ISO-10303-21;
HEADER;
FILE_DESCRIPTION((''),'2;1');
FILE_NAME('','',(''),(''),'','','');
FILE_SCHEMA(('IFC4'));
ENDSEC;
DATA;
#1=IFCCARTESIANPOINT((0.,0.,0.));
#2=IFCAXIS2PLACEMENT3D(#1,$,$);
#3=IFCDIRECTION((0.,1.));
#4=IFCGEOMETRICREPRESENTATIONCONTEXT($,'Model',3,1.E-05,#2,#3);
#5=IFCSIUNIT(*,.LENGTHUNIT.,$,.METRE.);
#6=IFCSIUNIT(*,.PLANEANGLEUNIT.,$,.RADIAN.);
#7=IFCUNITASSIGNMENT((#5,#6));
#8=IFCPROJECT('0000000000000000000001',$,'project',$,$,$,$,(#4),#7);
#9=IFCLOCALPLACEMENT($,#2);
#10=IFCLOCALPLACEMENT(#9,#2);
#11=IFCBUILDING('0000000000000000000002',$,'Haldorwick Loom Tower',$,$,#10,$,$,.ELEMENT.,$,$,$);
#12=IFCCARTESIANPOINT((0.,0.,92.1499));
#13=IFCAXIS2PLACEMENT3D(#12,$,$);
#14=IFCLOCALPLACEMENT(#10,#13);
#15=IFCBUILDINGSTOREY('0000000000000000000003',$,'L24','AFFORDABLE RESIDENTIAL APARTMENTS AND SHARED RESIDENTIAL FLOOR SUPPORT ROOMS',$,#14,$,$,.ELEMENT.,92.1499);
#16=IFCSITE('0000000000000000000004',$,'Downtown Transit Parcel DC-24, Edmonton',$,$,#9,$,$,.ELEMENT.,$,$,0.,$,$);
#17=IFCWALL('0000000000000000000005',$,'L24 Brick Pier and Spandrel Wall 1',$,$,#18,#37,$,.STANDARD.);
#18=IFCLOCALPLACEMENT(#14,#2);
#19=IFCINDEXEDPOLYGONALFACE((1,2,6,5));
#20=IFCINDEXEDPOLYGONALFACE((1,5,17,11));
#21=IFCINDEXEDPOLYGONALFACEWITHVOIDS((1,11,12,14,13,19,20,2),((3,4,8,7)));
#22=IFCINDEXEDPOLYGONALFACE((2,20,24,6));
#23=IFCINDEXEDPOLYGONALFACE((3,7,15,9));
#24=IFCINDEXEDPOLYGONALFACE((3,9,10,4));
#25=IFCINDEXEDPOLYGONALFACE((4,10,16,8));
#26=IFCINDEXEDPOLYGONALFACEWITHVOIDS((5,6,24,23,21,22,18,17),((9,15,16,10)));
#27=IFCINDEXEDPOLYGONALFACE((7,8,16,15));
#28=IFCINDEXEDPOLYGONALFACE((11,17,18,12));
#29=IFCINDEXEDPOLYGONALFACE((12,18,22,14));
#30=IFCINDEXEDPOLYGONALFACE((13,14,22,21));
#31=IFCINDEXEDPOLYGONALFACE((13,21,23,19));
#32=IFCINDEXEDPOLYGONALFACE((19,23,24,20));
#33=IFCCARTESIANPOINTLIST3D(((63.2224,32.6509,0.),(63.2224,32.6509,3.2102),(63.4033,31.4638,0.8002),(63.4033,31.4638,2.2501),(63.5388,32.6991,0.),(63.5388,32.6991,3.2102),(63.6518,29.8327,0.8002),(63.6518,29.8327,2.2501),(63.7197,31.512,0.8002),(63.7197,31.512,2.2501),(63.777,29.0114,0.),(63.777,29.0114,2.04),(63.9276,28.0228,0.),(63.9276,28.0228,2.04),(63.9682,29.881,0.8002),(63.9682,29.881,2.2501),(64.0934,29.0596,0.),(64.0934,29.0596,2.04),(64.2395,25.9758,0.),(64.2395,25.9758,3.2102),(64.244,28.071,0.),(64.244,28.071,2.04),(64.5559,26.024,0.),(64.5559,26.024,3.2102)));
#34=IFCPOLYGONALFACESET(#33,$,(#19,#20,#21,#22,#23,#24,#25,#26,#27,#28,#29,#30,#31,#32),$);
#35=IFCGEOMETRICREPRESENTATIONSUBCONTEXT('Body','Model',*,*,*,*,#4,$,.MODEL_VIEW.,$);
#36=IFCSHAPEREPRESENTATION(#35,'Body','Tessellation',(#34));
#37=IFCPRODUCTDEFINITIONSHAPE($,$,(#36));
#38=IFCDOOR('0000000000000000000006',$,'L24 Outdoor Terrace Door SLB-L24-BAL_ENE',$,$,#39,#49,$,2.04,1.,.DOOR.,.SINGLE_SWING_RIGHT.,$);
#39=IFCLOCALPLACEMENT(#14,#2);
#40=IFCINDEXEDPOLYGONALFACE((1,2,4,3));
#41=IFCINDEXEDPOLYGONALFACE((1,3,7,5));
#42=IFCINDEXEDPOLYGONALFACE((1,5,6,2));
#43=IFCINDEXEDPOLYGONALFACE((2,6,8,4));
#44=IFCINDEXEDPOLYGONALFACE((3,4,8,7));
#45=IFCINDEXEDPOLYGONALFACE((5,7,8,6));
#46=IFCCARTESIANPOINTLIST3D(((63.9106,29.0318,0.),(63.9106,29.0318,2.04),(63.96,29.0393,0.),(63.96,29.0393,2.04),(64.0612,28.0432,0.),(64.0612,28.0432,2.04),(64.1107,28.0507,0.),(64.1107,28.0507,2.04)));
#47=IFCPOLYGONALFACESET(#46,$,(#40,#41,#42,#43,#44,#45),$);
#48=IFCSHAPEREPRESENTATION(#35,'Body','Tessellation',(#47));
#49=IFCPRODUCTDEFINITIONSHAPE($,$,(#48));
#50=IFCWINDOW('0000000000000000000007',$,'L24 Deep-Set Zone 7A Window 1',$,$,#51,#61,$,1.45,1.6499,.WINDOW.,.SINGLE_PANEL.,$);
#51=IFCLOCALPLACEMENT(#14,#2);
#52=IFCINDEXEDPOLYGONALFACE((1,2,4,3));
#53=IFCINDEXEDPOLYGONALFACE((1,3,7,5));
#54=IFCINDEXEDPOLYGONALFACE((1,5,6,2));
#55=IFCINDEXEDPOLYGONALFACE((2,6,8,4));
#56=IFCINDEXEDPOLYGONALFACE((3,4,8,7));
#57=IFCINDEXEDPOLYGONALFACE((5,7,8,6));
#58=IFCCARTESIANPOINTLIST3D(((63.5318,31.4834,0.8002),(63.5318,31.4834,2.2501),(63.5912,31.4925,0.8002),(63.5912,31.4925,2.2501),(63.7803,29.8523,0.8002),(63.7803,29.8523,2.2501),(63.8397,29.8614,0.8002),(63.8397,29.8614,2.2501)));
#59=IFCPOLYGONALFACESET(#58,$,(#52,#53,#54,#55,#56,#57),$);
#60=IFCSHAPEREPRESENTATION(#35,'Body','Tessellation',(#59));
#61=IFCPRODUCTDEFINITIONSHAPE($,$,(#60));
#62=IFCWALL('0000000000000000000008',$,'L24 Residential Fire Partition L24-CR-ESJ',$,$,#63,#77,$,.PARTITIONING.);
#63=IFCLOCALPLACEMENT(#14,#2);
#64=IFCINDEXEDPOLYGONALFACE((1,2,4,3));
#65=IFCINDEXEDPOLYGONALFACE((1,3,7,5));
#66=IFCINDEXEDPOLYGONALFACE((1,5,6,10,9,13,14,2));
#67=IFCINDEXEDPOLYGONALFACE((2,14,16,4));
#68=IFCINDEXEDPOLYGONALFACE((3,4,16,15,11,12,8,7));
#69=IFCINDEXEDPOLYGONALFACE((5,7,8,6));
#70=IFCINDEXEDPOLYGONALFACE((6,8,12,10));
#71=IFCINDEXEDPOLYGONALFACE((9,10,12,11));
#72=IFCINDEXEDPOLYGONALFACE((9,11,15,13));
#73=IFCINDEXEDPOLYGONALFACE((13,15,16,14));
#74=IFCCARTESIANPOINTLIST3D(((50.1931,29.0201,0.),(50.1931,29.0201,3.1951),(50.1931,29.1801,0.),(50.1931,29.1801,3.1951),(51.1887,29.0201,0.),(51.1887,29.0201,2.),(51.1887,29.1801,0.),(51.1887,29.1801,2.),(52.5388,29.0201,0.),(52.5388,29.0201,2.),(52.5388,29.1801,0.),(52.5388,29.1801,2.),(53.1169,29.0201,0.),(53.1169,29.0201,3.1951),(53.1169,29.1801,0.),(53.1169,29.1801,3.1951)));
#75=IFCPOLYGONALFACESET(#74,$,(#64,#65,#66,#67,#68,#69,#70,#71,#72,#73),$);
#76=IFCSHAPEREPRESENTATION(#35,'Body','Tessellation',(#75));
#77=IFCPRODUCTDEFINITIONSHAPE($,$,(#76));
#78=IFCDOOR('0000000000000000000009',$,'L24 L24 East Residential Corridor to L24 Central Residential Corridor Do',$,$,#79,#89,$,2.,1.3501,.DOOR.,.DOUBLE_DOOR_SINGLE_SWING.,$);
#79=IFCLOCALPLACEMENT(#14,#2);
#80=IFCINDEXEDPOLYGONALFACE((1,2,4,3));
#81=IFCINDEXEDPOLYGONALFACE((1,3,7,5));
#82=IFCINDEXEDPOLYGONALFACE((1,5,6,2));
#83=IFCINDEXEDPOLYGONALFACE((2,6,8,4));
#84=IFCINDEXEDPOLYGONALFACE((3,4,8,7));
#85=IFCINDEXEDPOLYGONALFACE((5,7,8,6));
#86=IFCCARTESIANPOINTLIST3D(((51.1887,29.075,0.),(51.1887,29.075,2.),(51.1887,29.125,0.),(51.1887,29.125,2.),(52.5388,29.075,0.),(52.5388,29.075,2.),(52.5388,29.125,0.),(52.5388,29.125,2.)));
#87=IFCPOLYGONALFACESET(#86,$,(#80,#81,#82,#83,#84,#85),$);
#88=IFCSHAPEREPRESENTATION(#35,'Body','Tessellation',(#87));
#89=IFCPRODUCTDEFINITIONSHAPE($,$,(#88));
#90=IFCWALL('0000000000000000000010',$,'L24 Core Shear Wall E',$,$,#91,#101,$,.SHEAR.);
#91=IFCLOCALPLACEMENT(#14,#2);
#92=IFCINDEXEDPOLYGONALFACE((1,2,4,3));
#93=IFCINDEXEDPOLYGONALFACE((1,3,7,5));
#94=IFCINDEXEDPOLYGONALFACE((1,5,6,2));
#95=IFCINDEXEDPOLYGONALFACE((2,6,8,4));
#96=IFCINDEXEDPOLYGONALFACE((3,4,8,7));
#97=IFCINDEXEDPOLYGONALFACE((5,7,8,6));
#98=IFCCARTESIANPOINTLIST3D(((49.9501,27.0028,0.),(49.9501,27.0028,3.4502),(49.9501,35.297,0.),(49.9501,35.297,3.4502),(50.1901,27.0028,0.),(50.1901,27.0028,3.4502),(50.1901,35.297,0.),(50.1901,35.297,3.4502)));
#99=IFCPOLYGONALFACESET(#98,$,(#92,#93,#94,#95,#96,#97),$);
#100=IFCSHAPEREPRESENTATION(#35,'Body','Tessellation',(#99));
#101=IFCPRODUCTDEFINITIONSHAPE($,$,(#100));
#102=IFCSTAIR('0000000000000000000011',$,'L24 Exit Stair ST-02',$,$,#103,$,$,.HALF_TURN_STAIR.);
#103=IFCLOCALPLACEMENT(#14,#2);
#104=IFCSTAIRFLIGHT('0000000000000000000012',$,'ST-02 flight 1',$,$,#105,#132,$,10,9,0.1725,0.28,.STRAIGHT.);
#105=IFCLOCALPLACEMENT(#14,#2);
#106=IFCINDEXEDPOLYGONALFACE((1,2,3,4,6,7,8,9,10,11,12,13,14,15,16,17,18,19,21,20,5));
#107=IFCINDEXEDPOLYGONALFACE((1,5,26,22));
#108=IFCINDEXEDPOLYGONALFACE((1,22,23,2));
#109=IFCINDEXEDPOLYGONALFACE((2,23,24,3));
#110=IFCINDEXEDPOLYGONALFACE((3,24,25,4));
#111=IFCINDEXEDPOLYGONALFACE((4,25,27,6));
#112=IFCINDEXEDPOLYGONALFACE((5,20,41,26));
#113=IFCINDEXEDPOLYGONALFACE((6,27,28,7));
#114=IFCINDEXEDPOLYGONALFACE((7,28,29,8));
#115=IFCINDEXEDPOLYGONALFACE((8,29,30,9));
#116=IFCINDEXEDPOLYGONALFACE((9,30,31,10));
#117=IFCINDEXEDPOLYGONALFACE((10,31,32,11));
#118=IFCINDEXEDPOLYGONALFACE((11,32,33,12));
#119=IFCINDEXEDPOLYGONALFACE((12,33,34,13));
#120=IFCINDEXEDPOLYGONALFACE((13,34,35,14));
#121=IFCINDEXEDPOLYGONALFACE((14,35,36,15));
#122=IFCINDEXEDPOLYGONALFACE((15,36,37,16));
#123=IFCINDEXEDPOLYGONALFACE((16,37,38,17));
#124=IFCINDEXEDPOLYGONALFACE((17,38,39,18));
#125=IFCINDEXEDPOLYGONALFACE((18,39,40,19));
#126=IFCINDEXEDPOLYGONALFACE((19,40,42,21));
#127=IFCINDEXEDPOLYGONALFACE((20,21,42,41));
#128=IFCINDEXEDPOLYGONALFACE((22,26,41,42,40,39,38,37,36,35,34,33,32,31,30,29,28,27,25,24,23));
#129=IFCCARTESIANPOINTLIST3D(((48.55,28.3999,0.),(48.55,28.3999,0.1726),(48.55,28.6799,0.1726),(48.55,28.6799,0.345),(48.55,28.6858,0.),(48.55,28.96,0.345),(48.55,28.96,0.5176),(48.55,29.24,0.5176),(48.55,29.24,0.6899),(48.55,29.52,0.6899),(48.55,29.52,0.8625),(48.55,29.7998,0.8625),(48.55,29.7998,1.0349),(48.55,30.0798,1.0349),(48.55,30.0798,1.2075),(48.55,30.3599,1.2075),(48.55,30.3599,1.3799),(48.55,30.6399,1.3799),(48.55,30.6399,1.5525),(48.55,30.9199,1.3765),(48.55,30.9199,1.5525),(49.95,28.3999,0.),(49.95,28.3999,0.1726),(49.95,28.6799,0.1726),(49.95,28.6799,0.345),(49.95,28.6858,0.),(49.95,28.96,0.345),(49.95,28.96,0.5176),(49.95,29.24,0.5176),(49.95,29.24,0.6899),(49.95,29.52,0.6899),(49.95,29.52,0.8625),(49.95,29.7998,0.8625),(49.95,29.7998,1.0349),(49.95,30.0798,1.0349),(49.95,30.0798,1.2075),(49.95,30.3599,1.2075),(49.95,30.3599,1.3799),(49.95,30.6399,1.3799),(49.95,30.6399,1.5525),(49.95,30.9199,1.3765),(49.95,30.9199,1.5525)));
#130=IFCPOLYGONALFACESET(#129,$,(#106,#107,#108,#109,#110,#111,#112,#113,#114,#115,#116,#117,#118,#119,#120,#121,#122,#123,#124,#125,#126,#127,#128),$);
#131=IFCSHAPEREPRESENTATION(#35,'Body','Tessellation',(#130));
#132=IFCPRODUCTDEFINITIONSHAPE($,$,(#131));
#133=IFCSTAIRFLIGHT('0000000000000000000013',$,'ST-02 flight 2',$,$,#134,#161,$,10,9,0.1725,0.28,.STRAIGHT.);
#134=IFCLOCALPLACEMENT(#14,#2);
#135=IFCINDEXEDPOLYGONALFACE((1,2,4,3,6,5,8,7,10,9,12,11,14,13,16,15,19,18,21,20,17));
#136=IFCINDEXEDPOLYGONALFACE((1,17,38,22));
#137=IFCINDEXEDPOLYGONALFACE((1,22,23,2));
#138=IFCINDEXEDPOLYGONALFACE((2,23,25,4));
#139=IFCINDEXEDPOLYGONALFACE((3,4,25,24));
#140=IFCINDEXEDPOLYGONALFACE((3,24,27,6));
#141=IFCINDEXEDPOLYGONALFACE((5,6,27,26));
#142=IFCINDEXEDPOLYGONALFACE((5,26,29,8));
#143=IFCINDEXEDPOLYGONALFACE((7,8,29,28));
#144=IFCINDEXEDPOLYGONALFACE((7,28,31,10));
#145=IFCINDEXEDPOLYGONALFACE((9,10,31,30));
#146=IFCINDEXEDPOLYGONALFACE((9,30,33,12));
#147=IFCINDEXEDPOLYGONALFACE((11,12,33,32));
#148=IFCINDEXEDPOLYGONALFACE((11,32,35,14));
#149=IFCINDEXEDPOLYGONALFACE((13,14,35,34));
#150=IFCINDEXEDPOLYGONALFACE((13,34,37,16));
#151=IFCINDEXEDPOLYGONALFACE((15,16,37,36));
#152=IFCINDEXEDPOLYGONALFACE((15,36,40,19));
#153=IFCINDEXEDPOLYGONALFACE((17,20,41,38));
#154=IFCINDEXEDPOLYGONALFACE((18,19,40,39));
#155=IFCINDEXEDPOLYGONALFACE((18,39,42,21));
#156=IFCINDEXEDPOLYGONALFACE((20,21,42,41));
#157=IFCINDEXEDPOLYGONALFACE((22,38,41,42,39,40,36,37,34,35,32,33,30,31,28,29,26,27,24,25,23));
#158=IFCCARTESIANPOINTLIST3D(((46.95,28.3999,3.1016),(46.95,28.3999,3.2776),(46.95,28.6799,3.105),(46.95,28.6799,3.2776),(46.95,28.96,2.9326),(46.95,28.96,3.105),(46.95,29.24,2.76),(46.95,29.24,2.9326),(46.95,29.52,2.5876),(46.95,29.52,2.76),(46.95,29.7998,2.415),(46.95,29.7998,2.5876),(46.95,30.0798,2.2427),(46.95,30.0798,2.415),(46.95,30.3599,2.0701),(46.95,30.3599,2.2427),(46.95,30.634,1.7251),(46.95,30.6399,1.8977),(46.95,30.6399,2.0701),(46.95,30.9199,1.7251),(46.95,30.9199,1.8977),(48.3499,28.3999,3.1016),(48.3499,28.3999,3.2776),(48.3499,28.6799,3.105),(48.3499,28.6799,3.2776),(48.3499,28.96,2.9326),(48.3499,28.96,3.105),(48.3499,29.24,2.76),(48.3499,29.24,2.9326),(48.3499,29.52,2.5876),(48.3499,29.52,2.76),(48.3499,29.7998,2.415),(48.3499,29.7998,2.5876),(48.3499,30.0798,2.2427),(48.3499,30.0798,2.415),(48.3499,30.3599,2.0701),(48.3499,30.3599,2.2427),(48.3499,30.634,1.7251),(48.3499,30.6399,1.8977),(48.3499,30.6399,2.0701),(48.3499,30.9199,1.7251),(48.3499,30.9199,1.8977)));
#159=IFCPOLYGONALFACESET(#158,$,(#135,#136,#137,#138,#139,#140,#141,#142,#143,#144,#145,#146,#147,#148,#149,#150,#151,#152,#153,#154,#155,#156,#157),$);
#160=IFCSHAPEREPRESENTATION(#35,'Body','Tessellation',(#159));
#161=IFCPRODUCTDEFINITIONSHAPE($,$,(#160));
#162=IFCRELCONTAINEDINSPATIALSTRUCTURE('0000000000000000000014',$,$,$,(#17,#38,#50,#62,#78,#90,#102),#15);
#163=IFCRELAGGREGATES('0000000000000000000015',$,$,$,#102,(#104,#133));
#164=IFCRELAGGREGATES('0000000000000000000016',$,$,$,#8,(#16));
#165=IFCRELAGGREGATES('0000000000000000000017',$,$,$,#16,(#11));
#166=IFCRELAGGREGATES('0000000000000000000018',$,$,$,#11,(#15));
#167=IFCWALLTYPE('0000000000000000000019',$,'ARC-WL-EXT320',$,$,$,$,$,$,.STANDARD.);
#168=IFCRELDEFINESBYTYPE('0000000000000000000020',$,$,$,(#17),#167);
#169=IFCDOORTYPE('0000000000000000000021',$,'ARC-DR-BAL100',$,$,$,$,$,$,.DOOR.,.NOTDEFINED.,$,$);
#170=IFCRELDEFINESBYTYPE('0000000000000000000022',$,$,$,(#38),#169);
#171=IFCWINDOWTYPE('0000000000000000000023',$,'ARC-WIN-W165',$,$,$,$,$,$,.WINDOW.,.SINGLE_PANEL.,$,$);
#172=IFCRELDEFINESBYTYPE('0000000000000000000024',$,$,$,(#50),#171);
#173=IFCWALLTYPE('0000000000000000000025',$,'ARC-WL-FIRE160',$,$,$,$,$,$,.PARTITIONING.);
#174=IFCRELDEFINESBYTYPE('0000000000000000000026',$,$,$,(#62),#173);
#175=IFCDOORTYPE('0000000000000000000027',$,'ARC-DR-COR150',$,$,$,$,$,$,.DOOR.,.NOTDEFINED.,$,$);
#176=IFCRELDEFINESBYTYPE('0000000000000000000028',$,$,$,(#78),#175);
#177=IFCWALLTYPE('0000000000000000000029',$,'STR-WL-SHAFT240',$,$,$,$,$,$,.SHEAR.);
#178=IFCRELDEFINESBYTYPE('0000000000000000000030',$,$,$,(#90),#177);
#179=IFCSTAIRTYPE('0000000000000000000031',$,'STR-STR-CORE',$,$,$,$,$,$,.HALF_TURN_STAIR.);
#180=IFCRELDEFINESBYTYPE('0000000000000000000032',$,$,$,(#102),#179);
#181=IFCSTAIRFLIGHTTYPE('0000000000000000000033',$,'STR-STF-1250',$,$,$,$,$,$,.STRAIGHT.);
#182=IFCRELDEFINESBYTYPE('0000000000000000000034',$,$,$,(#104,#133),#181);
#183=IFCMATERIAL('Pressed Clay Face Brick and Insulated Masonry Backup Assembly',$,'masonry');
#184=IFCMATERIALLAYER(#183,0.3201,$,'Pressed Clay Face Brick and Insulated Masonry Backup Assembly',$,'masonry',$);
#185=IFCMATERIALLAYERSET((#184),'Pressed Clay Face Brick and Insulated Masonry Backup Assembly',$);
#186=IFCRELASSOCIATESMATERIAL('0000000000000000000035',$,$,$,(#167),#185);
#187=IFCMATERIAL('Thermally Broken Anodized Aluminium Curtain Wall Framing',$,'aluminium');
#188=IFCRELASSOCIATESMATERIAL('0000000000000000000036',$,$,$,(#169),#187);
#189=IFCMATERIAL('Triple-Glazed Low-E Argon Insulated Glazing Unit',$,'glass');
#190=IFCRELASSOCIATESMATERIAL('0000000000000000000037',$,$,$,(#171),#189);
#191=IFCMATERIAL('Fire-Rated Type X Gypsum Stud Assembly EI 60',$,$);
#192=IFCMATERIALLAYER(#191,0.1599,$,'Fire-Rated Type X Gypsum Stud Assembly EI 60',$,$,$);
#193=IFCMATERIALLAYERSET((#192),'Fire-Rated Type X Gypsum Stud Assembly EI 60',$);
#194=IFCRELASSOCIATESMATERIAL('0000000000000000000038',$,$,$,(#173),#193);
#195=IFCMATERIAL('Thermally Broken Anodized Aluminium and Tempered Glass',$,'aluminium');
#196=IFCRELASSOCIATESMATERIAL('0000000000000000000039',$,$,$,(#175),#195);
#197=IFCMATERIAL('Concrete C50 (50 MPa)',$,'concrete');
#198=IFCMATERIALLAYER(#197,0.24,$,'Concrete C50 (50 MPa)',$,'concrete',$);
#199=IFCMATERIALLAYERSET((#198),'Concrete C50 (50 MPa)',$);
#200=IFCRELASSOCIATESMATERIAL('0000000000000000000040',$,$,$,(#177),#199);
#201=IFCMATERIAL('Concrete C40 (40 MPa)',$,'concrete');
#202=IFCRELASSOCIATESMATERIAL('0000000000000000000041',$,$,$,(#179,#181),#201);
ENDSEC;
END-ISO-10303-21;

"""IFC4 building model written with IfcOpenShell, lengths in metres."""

from ifc_helpers import new_model, si_unit, direction, frame, frame_2d, origin, place, context, subcontext, project, spatial, polyline, rectangle, outline, extrude, material, layer, layer_set, type_object, element, fill, aggregate, save


model = new_model("IFC4")

# Units and contexts
model_context = context("Model", 3, precision=1e-05, world=origin(), true_north=direction((0.0, 1.0)))
body_context = subcontext(model_context, "Body", "Model", "MODEL_VIEW")
ifc_project = project(units=[si_unit("LENGTHUNIT", "METRE"), si_unit("PLANEANGLEUNIT", "RADIAN")], contexts=[model_context])

# Site, building, storey
site_placement = place(None, origin())
site = spatial("IfcSite", under=ifc_project, at=site_placement, Name="Downtown Transit Parcel DC-24, Edmonton", CompositionType="ELEMENT", RefElevation=0.0)
building_placement = place(site_placement, origin())
building = spatial("IfcBuilding", under=site, at=building_placement, Name="Haldorwick Loom Tower", CompositionType="ELEMENT")
storey_placement = place(building_placement, frame((0.0, 0.0, 92.1499)))
storey = spatial("IfcBuildingStorey", under=building, at=storey_placement, Name="L24", Description="AFFORDABLE RESIDENTIAL APARTMENTS AND SHARED RESIDENTIAL FLOOR SUPPORT ROOMS", CompositionType="ELEMENT", Elevation=92.1499)

# Wall, openings, door, window
ifc_material_1 = material(Name="Pressed Clay Face Brick and Insulated Masonry Backup Assembly", Category="masonry")
ifc_layer_1 = layer(ifc_material_1, 0.3201, Name="Pressed Clay Face Brick and Insulated Masonry Backup Assembly", Category="masonry")
ifc_layer_set_1 = layer_set([ifc_layer_1], Name="Pressed Clay Face Brick and Insulated Masonry Backup Assembly")
wall_type_1 = type_object("IfcWallType", Name="ARC-WL-EXT320", PredefinedType="STANDARD", material=ifc_layer_set_1)
wall_1_placement = place(storey_placement, frame((64.3977, 26.0, 0.0), z_axis=(0.0, 0.0, 1.0), x_axis=(-0.150633, 0.98859, 0.0)))
wall_1 = element("IfcWall", 1, at=wall_1_placement, inside=storey, type_object=wall_type_1, Name="L24 Brick Pier and Spandrel Wall 1", PredefinedType="STANDARD", context=body_context, shape_type="SweptSolid", body=[
    extrude(rectangle(XDim=6.7522, YDim=0.3201, at=frame_2d((3.376, 0.0))), origin(), (0.0, 0.0, 1.0), 3.2102),
])
opening_1_placement = place(wall_1_placement, frame((2.0706, 0.0, 0.0)))
opening_1 = element("IfcOpeningElement", 2, at=opening_1_placement, cuts=wall_1, PredefinedType="OPENING", context=body_context, shape_type="SweptSolid", body=[
    extrude(rectangle(XDim=1.0, YDim=2.04, at=frame_2d((0.5, 1.02))), frame((0.0, 0.1699, 0.0), z_axis=(0.0, -1.0, 0.0), x_axis=(1.0, 0.0, 0.0)), (0.0, 0.0, 1.0), 0.3401),
])
opening_2_placement = place(wall_1_placement, frame((3.9014, 0.0, 0.8)))
opening_2 = element("IfcOpeningElement", 3, at=opening_2_placement, cuts=wall_1, PredefinedType="OPENING", context=body_context, shape_type="SweptSolid", body=[
    extrude(rectangle(XDim=1.6499, YDim=1.45, at=frame_2d((0.825, 0.7251))), frame((0.0, 0.1699, 0.0), z_axis=(0.0, -1.0, 0.0), x_axis=(1.0, 0.0, 0.0)), (0.0, 0.0, 1.0), 0.3401),
])
ifc_material_2 = material(Name="Thermally Broken Anodized Aluminium Curtain Wall Framing", Category="aluminium")
door_type_1 = type_object("IfcDoorType", Name="ARC-DR-BAL100", OperationType="NOTDEFINED", PredefinedType="DOOR", material=ifc_material_2)
door_1_placement = place(opening_1_placement, origin())
door_1 = element("IfcDoor", 4, at=door_1_placement, inside=storey, type_object=door_type_1, Name="L24 Outdoor Terrace Door SLB-L24-BAL_ENE", OperationType="SINGLE_SWING_RIGHT", OverallHeight=2.04, OverallWidth=1.0, PredefinedType="DOOR", context=body_context, shape_type="SweptSolid", body=[
    extrude(rectangle(XDim=1.0, YDim=2.04, at=frame_2d((0.5, 1.02))), frame((0.0, 0.0249, 0.0), z_axis=(0.0, -1.0, 0.0), x_axis=(1.0, 0.0, 0.0)), (0.0, 0.0, 1.0), 0.05),
])
fill(opening_1, door_1)
ifc_material_3 = material(Name="Triple-Glazed Low-E Argon Insulated Glazing Unit", Category="glass")
window_type = type_object("IfcWindowType", Name="ARC-WIN-W165", PartitioningType="SINGLE_PANEL", PredefinedType="WINDOW", material=ifc_material_3)
window_placement = place(opening_2_placement, origin())
window = element("IfcWindow", 5, at=window_placement, inside=storey, type_object=window_type, Name="L24 Deep-Set Zone 7A Window 1", OverallHeight=1.45, OverallWidth=1.6499, PartitioningType="SINGLE_PANEL", PredefinedType="WINDOW", context=body_context, shape_type="SweptSolid", body=[
    extrude(rectangle(XDim=1.6499, YDim=1.45, at=frame_2d((0.825, 0.7251))), frame((0.0, 0.03, 0.0), z_axis=(0.0, -1.0, 0.0), x_axis=(1.0, 0.0, 0.0)), (0.0, 0.0, 1.0), 0.0601),
])
fill(opening_2, window)

# Wall, opening, door
ifc_material_4 = material(Name="Fire-Rated Type X Gypsum Stud Assembly EI 60")
ifc_layer_2 = layer(ifc_material_4, 0.1599, Name="Fire-Rated Type X Gypsum Stud Assembly EI 60")
ifc_layer_set_2 = layer_set([ifc_layer_2], Name="Fire-Rated Type X Gypsum Stud Assembly EI 60")
wall_type_2 = type_object("IfcWallType", Name="ARC-WL-FIRE160", PredefinedType="PARTITIONING", material=ifc_layer_set_2)
wall_2_placement = place(storey_placement, frame((50.1931, 29.1001, 0.0), z_axis=(0.0, 0.0, 1.0), x_axis=(1.0, 0.0, 0.0)))
wall_2 = element("IfcWall", 6, at=wall_2_placement, inside=storey, type_object=wall_type_2, Name="L24 Residential Fire Partition L24-CR-ESJ", PredefinedType="PARTITIONING", context=body_context, shape_type="SweptSolid", body=[
    extrude(rectangle(XDim=2.9238, YDim=0.1599, at=frame_2d((1.4619, 0.0))), origin(), (0.0, 0.0, 1.0), 3.1951),
])
opening_3_placement = place(wall_2_placement, frame((0.9956, 0.0, 0.0)))
opening_3 = element("IfcOpeningElement", 7, at=opening_3_placement, cuts=wall_2, PredefinedType="OPENING", context=body_context, shape_type="SweptSolid", body=[
    extrude(rectangle(XDim=1.3501, YDim=2.0, at=frame_2d((0.675, 1.0))), frame((0.0, 0.0898, 0.0), z_axis=(0.0, -1.0, 0.0), x_axis=(1.0, 0.0, 0.0)), (0.0, 0.0, 1.0), 0.1799),
])
ifc_material_5 = material(Name="Thermally Broken Anodized Aluminium and Tempered Glass", Category="aluminium")
door_type_2 = type_object("IfcDoorType", Name="ARC-DR-COR150", OperationType="NOTDEFINED", PredefinedType="DOOR", material=ifc_material_5)
door_2_placement = place(opening_3_placement, origin())
door_2 = element("IfcDoor", 8, at=door_2_placement, inside=storey, type_object=door_type_2, Name="L24 L24 East Residential Corridor to L24 Central Residential Corridor Do", OperationType="DOUBLE_DOOR_SINGLE_SWING", OverallHeight=2.0, OverallWidth=1.3501, PredefinedType="DOOR", context=body_context, shape_type="SweptSolid", body=[
    extrude(rectangle(XDim=1.3501, YDim=2.0, at=frame_2d((0.675, 1.0))), frame((0.0, 0.0249, 0.0), z_axis=(0.0, -1.0, 0.0), x_axis=(1.0, 0.0, 0.0)), (0.0, 0.0, 1.0), 0.05),
])
fill(opening_3, door_2)

# Wall
ifc_material_6 = material(Name="Concrete C50 (50 MPa)", Category="concrete")
ifc_layer_3 = layer(ifc_material_6, 0.24, Name="Concrete C50 (50 MPa)", Category="concrete")
ifc_layer_set_3 = layer_set([ifc_layer_3], Name="Concrete C50 (50 MPa)")
wall_type_3 = type_object("IfcWallType", Name="STR-WL-SHAFT240", PredefinedType="SHEAR", material=ifc_layer_set_3)
wall_3_placement = place(storey_placement, frame((50.0701, 27.0029, 0.0), z_axis=(0.0, 0.0, 1.0), x_axis=(0.0, 1.0, 0.0)))
element("IfcWall", 9, at=wall_3_placement, inside=storey, type_object=wall_type_3, Name="L24 Core Shear Wall E", PredefinedType="SHEAR", context=body_context, shape_type="SweptSolid", body=[
    extrude(rectangle(XDim=8.2942, YDim=0.24, at=frame_2d((4.147, 0.0))), origin(), (0.0, 0.0, 1.0), 3.4502),
])

# Stair, stair flights
ifc_material_7 = material(Name="Concrete C40 (40 MPa)", Category="concrete")
stair_type = type_object("IfcStairType", Name="STR-STR-CORE", PredefinedType="HALF_TURN_STAIR", material=ifc_material_7)
stair_placement = place(storey_placement, origin())
stair = element("IfcStair", 10, at=stair_placement, inside=storey, type_object=stair_type, Name="L24 Exit Stair ST-02", PredefinedType="HALF_TURN_STAIR")
stair_flight_type = type_object("IfcStairFlightType", Name="STR-STF-1250", PredefinedType="STRAIGHT", material=ifc_material_7)
stair_flight_1_placement = place(storey_placement, frame((49.25, 28.3999, 0.0), z_axis=(0.0, 0.0, 1.0), x_axis=(0.0, 1.0, 0.0)))
stair_flight_1 = element("IfcStairFlight", 11, at=stair_flight_1_placement, type_object=stair_flight_type, Name="ST-02 flight 1", NumberOfRisers=10, NumberOfTreads=9, PredefinedType="STRAIGHT", RiserHeight=0.1725, TreadLength=0.28, context=body_context, shape_type="SweptSolid", body=[
    extrude(outline(polyline([(0.0, 0.0), (0.0, 0.1726), (0.28, 0.1726), (0.28, 0.345), (0.5601, 0.345), (0.5601, 0.5176), (0.8401, 0.5176), (0.8401, 0.6899), (1.1201, 0.6899), (1.1201, 0.8625), (1.3999, 0.8625), (1.3999, 1.0349), (1.6799, 1.0349), (1.6799, 1.2075), (1.96, 1.2075), (1.96, 1.3799), (2.24, 1.3799), (2.24, 1.5525), (2.52, 1.5525), (2.52, 1.7251), (2.52, 1.3765), (0.2859, 0.0), (0.0, 0.0)])), frame((0.0, 0.7, 0.0), z_axis=(0.0, -1.0, 0.0), x_axis=(1.0, 0.0, 0.0)), (0.0, 0.0, 1.0), 1.3999),
])
stair_flight_2_placement = place(storey_placement, frame((47.6499, 30.9199, 1.7251), z_axis=(0.0, 0.0, 1.0), x_axis=(0.0, -1.0, 0.0)))
stair_flight_2 = element("IfcStairFlight", 12, at=stair_flight_2_placement, type_object=stair_flight_type, Name="ST-02 flight 2", NumberOfRisers=10, NumberOfTreads=9, PredefinedType="STRAIGHT", RiserHeight=0.1725, TreadLength=0.28, context=body_context, shape_type="SweptSolid", body=[
    extrude(outline(polyline([(0.0, 0.0), (0.0, 0.1726), (0.28, 0.1726), (0.28, 0.345), (0.5601, 0.345), (0.5601, 0.5176), (0.8401, 0.5176), (0.8401, 0.6899), (1.1201, 0.6899), (1.1201, 0.8625), (1.3999, 0.8625), (1.3999, 1.0349), (1.6799, 1.0349), (1.6799, 1.2075), (1.96, 1.2075), (1.96, 1.3799), (2.24, 1.3799), (2.24, 1.5525), (2.52, 1.5525), (2.52, 1.7251), (2.52, 1.3765), (0.2859, 0.0), (0.0, 0.0)])), frame((0.0, 0.7, 0.0), z_axis=(0.0, -1.0, 0.0), x_axis=(1.0, 0.0, 0.0)), (0.0, 0.0, 1.0), 1.3999),
])
aggregate(stair, [stair_flight_1, stair_flight_2])

save(model, "model.ifc")
